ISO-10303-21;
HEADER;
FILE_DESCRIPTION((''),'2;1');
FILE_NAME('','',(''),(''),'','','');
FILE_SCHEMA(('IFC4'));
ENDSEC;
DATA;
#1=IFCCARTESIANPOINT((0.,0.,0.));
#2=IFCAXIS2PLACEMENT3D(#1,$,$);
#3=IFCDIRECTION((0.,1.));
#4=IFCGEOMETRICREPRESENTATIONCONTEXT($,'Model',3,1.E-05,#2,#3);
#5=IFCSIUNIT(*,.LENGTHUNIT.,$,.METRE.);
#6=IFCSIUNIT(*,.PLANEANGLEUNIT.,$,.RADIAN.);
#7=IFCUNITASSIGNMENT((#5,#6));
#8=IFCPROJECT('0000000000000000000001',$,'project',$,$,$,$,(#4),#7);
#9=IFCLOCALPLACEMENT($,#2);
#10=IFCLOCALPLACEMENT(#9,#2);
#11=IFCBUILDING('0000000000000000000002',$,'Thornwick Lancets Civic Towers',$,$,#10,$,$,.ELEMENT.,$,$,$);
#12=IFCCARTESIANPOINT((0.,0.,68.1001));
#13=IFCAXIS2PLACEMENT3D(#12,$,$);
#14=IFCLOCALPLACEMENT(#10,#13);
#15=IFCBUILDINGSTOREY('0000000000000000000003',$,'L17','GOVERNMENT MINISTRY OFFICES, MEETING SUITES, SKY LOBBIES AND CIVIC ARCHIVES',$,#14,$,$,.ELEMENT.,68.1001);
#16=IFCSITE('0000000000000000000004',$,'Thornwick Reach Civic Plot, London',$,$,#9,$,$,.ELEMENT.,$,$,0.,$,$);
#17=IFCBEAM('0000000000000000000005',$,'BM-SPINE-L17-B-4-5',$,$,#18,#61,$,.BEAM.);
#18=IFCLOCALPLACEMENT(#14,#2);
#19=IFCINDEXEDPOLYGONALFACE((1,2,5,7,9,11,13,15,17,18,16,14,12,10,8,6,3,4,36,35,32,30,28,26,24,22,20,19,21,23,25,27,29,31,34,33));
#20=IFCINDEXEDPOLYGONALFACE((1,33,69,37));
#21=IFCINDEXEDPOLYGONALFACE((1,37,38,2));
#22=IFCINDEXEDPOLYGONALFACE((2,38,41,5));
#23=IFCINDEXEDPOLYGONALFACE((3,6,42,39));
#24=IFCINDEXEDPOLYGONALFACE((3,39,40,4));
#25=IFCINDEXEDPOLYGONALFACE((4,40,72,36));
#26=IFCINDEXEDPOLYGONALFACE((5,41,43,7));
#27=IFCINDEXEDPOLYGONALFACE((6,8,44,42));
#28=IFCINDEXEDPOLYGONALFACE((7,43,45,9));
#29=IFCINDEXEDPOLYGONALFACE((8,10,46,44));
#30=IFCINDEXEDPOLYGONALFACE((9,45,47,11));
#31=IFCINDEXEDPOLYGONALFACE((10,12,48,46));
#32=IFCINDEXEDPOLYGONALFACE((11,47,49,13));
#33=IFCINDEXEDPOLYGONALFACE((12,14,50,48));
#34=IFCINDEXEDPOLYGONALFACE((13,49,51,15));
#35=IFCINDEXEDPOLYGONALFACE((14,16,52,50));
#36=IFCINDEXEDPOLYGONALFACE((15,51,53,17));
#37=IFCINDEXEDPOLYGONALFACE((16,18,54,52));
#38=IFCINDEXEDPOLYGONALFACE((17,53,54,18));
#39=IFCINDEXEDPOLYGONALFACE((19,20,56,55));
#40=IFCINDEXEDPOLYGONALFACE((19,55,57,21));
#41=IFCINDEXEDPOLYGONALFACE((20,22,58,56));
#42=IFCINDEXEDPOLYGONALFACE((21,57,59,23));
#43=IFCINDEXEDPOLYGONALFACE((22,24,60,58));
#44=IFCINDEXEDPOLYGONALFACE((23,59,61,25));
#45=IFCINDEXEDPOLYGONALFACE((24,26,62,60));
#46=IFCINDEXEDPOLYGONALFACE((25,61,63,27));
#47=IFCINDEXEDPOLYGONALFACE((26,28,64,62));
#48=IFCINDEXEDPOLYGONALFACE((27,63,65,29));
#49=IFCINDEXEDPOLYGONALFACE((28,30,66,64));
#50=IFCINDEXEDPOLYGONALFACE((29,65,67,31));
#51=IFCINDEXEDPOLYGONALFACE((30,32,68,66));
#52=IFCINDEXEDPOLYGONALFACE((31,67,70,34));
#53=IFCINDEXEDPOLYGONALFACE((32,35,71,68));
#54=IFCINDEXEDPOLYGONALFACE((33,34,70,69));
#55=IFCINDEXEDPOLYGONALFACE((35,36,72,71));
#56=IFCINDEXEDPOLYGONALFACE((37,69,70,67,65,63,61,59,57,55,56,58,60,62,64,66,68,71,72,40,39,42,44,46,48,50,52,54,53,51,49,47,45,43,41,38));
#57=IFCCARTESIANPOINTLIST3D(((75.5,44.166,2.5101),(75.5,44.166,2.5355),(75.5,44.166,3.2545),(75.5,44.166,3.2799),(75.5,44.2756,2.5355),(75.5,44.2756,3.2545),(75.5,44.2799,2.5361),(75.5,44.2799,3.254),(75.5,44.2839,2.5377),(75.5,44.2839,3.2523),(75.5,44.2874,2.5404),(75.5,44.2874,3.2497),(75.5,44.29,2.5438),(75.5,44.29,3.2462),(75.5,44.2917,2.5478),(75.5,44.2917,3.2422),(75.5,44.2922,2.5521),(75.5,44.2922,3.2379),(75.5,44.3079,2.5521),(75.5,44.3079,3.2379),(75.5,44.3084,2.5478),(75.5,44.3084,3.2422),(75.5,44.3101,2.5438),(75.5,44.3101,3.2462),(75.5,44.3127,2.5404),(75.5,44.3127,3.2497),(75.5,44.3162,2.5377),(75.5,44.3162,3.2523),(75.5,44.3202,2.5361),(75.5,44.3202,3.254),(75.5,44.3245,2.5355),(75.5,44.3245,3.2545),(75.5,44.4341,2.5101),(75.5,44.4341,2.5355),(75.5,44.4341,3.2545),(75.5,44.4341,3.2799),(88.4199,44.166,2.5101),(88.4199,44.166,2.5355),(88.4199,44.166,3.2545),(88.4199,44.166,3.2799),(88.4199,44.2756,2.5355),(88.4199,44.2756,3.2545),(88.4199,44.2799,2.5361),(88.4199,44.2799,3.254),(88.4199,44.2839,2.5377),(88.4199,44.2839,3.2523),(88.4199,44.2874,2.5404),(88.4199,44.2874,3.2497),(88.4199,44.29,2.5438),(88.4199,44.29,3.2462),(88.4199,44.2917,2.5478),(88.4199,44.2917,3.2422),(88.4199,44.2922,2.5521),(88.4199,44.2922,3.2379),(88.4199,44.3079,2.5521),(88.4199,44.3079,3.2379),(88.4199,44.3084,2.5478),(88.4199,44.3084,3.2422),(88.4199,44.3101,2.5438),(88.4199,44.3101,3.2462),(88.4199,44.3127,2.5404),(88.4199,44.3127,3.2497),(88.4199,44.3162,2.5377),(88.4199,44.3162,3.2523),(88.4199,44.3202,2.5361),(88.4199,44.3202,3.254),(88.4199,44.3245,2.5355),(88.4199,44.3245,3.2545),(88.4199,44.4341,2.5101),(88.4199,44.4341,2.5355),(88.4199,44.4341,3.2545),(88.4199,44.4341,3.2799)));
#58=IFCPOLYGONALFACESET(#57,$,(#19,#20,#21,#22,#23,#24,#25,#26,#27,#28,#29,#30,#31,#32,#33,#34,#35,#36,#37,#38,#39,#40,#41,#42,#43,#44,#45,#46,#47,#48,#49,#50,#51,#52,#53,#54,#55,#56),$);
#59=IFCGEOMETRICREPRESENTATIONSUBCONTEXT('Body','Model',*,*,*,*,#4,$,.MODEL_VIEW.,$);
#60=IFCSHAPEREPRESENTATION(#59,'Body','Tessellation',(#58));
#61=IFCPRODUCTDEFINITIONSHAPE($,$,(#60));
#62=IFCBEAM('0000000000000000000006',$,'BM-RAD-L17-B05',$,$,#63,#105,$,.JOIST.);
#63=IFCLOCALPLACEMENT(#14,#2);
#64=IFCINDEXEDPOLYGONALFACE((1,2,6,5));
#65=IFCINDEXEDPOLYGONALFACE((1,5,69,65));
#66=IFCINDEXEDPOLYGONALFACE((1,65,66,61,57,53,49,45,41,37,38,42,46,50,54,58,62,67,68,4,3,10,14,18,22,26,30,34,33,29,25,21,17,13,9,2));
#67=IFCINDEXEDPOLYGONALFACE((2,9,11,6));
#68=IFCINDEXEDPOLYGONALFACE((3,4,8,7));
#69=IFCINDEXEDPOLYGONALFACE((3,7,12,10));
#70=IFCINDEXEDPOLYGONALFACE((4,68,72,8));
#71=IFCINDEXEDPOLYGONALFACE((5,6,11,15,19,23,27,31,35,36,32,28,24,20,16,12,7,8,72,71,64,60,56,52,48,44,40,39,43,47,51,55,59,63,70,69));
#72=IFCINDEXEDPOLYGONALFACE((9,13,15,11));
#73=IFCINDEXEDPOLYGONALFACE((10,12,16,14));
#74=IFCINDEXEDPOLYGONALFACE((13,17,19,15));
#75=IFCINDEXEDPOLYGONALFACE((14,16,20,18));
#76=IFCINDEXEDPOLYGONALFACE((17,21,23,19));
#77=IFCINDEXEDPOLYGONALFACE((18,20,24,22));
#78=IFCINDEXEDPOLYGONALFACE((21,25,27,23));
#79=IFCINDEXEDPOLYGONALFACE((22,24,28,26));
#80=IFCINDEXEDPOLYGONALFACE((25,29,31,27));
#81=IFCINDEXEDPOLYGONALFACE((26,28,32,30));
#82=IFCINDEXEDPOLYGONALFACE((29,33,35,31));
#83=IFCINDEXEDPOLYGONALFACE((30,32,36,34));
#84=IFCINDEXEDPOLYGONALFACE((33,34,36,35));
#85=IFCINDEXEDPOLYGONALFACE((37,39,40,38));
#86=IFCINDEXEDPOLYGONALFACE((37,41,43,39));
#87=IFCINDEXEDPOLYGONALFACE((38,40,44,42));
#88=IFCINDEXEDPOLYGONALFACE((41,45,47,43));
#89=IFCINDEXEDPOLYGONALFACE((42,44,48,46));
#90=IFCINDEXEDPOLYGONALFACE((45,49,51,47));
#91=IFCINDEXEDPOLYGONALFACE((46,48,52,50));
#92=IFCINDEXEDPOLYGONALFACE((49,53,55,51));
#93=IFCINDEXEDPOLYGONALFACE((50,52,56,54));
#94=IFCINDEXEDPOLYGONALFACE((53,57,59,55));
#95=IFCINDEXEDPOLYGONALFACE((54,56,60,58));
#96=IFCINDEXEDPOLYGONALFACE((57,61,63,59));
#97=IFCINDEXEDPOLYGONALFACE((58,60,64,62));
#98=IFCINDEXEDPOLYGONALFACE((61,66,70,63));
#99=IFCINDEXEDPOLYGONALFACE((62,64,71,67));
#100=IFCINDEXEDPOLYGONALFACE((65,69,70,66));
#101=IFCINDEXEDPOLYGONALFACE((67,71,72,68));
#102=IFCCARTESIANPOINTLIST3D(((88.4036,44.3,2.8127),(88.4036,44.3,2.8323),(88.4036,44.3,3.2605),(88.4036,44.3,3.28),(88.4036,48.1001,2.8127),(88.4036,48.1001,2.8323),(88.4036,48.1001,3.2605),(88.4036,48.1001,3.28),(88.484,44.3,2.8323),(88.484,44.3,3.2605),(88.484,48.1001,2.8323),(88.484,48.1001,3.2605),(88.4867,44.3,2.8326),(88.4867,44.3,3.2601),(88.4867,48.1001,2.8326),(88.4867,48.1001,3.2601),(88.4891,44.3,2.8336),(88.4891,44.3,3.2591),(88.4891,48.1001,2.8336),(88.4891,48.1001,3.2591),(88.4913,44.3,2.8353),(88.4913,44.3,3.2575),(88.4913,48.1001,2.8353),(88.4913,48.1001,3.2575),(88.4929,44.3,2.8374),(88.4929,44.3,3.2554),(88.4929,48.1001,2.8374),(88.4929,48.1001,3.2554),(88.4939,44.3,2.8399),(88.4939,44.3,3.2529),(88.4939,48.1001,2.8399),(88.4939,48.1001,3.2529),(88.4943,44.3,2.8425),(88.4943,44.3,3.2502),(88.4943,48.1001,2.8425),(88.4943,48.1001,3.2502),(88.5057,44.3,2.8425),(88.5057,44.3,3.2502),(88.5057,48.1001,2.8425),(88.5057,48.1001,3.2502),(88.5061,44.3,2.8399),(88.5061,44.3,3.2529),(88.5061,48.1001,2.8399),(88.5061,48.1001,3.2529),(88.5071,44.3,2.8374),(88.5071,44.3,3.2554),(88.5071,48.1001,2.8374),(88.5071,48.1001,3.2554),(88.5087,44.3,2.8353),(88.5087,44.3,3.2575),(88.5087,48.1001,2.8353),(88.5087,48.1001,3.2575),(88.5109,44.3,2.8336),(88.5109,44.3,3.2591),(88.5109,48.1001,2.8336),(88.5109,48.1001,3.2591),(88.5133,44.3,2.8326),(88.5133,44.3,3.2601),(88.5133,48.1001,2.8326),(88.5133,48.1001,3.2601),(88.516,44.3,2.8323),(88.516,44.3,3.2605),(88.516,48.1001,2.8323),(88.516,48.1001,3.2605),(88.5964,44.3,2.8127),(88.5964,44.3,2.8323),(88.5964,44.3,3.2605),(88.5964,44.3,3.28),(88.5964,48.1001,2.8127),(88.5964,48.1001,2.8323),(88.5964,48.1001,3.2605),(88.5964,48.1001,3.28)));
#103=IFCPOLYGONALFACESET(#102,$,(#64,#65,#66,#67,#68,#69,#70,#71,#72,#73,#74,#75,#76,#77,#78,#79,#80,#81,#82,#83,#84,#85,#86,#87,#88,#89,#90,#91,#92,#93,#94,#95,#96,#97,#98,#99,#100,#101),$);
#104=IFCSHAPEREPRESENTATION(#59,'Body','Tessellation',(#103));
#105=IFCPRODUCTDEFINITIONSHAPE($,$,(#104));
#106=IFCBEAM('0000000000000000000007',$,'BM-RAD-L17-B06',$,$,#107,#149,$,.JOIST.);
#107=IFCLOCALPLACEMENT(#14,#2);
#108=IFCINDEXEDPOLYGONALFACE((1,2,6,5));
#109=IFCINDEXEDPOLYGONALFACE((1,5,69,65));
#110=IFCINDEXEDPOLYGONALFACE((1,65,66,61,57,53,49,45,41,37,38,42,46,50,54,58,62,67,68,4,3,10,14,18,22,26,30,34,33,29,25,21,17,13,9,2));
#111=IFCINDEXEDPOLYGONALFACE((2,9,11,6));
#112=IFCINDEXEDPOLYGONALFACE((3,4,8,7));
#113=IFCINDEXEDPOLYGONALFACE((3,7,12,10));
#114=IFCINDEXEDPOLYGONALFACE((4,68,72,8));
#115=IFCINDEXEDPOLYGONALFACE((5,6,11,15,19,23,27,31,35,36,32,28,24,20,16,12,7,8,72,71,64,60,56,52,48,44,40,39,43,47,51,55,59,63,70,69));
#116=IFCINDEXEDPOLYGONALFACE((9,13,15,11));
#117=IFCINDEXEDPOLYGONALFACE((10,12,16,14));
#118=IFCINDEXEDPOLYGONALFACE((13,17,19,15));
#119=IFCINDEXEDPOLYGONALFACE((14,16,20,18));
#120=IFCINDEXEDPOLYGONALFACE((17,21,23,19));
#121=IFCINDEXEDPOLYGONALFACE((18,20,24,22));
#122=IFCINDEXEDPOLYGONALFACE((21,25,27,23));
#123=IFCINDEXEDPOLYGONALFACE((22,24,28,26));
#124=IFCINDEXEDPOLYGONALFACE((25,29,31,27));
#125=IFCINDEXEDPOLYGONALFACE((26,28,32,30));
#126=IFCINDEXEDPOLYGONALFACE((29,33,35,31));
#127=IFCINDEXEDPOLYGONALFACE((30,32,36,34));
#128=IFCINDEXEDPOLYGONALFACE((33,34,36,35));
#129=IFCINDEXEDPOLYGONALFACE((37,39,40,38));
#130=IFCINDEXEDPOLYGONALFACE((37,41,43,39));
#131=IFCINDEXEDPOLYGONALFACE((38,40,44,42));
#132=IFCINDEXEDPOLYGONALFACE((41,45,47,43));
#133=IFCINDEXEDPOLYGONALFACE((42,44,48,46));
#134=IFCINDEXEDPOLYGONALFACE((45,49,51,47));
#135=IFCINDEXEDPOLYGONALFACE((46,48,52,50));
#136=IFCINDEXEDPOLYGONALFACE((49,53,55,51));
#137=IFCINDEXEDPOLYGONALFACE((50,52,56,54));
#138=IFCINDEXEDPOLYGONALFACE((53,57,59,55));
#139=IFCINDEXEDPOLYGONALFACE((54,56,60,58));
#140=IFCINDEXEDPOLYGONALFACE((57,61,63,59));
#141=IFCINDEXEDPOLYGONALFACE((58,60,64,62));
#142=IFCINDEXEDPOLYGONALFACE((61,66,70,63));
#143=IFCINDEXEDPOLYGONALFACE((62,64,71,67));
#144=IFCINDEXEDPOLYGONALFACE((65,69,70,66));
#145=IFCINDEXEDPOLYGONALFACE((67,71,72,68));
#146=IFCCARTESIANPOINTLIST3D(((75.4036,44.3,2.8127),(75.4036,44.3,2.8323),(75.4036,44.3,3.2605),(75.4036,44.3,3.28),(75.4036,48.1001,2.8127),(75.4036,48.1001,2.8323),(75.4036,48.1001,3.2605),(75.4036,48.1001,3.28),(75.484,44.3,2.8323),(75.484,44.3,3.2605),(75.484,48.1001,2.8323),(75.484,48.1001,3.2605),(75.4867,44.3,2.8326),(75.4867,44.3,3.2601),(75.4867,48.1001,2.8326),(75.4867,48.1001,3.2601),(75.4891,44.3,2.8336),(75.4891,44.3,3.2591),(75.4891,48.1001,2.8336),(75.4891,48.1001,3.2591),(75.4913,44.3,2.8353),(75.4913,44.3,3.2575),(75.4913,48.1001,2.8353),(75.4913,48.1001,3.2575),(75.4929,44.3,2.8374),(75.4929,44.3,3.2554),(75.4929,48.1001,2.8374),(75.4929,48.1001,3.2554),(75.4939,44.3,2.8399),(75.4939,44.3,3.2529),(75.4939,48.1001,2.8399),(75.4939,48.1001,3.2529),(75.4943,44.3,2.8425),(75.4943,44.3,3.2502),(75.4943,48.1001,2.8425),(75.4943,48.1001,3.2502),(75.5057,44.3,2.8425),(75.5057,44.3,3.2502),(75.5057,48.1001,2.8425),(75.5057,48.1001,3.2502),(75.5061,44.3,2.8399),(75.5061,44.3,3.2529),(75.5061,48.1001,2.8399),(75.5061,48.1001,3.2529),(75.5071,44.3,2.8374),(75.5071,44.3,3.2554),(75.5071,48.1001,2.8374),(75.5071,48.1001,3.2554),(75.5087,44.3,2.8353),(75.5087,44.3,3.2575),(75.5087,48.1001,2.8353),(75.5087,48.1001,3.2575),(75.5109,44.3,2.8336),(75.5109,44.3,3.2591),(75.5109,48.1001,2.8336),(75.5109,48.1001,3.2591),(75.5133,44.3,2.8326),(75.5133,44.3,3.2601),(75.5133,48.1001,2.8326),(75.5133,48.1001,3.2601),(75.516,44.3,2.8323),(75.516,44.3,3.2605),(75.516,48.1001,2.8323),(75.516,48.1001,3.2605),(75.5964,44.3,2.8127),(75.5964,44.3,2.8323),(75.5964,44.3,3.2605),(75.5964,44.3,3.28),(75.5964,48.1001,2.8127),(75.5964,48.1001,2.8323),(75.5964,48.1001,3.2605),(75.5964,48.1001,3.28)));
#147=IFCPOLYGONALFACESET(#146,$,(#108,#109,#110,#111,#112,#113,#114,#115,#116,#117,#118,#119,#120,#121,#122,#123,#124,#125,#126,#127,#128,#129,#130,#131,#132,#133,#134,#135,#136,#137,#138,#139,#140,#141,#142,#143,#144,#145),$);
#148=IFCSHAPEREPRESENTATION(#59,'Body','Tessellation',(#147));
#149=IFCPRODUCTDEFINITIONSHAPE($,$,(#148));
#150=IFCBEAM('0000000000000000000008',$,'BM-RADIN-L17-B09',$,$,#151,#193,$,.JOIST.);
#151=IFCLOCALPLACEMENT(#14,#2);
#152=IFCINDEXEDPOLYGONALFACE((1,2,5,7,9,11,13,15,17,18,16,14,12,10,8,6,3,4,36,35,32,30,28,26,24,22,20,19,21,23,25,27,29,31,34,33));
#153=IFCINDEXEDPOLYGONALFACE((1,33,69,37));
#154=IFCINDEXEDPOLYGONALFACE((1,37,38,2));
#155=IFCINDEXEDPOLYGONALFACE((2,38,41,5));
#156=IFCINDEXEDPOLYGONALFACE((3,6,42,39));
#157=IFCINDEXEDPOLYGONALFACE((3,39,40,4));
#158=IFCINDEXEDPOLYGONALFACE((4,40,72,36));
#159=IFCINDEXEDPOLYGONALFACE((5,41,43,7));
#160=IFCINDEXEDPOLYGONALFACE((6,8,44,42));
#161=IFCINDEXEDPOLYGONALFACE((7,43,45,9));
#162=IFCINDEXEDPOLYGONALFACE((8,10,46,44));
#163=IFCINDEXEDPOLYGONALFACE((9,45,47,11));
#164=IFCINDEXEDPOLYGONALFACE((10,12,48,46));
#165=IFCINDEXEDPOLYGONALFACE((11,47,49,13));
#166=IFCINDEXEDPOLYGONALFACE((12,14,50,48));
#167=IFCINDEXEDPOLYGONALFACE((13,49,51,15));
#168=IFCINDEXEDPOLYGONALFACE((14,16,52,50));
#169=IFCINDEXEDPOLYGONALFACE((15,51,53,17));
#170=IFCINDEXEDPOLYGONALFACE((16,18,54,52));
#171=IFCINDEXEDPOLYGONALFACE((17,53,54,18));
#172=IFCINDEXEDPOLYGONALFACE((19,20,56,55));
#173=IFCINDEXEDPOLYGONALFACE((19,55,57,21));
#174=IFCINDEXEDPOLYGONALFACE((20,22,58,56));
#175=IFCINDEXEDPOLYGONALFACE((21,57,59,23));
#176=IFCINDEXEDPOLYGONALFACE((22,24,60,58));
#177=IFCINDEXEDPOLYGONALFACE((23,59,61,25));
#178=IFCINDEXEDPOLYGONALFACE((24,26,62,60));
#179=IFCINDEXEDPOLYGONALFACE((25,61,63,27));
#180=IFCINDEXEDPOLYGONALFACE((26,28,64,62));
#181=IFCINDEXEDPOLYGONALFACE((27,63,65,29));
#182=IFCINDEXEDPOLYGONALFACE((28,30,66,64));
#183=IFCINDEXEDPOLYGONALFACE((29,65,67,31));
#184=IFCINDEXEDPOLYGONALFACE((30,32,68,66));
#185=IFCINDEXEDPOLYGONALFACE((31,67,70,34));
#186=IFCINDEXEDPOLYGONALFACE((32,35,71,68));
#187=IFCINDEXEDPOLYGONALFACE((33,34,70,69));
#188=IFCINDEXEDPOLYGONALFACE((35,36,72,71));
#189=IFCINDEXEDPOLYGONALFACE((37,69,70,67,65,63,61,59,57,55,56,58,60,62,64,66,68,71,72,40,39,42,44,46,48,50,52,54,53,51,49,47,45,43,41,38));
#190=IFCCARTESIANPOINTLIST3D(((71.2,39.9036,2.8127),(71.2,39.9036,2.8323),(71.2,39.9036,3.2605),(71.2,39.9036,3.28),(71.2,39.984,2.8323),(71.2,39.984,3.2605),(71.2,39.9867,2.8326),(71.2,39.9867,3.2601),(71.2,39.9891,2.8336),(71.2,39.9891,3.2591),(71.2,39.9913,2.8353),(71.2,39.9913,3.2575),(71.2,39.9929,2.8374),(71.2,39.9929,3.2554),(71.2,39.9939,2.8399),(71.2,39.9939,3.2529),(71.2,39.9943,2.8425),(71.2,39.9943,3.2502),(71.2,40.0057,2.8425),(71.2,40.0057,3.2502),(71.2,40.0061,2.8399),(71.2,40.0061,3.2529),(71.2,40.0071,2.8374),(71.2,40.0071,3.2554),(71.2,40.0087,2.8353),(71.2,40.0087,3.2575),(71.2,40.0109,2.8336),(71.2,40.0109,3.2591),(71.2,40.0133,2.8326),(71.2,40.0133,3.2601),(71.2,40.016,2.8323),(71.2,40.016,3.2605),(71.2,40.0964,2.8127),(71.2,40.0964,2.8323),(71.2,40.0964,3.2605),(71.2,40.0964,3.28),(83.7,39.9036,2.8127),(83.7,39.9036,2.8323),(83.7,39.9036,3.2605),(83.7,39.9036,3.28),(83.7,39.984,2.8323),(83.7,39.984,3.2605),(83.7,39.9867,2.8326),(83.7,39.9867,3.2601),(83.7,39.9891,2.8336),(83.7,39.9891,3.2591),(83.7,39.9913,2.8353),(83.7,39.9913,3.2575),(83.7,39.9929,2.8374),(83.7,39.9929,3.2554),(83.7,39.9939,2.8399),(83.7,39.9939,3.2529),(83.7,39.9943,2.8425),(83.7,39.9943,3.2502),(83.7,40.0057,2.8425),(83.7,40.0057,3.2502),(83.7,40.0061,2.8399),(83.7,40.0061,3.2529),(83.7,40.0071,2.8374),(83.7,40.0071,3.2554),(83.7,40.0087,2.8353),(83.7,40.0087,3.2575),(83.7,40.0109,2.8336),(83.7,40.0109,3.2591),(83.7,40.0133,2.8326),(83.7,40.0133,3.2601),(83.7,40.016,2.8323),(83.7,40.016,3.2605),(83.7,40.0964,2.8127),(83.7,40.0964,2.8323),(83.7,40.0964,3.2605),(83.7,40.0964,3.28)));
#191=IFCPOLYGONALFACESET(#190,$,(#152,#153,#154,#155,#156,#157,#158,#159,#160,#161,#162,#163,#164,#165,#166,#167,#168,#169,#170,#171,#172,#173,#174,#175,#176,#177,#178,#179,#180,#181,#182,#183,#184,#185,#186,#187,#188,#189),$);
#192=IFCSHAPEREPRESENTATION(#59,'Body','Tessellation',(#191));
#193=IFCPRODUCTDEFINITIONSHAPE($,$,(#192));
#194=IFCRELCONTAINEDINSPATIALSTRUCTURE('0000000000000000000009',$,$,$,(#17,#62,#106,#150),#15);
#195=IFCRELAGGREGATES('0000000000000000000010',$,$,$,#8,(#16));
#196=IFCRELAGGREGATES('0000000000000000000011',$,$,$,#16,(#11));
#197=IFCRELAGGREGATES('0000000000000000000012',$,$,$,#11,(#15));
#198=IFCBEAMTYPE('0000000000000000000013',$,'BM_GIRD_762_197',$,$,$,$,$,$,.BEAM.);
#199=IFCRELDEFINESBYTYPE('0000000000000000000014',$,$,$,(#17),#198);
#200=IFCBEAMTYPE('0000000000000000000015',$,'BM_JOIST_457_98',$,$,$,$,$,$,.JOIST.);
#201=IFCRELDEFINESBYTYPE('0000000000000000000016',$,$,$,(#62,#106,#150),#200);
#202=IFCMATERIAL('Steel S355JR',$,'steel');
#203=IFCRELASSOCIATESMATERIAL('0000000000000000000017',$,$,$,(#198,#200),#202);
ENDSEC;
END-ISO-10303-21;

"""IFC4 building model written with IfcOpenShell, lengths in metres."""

from ifc_helpers import new_model, si_unit, direction, frame, origin, origin_2d, place, context, subcontext, project, spatial, i_section, extrude, material, material_profile, profile_set, type_object, element, save


model = new_model("IFC4")

# Units and contexts
model_context = context("Model", 3, precision=1e-05, world=origin(), true_north=direction((0.0, 1.0)))
body_context = subcontext(model_context, "Body", "Model", "MODEL_VIEW")
ifc_project = project(units=[si_unit("LENGTHUNIT", "METRE"), si_unit("PLANEANGLEUNIT", "RADIAN")], contexts=[model_context])

# Site, building, storey
site_placement = place(None, origin())
site = spatial("IfcSite", under=ifc_project, at=site_placement, Name="Thornwick Reach Civic Plot, London", CompositionType="ELEMENT", RefElevation=0.0)
building_placement = place(site_placement, origin())
building = spatial("IfcBuilding", under=site, at=building_placement, Name="Thornwick Lancets Civic Towers", CompositionType="ELEMENT")
storey_placement = place(building_placement, frame((0.0, 0.0, 68.1001)))
storey = spatial("IfcBuildingStorey", under=building, at=storey_placement, Name="L17", Description="GOVERNMENT MINISTRY OFFICES, MEETING SUITES, SKY LOBBIES AND CIVIC ARCHIVES", CompositionType="ELEMENT", Elevation=68.1001)

# Beams
ifc_material_1 = material(Name="Steel S355JR", Category="steel")
ifc_material_profile_1 = material_profile(ifc_material_1, i_section(OverallWidth=0.2681, OverallDepth=0.7698, WebThickness=0.0156, FlangeThickness=0.0254, FilletRadius=0.0166, at=origin_2d()), Name="UKB 762x267x197")
ifc_profile_set_1 = profile_set([ifc_material_profile_1], Name="Steel S355JR")
beam_type_1 = type_object("IfcBeamType", Name="BM_GIRD_762_197", PredefinedType="BEAM", material=ifc_profile_set_1)
beam_1_placement = place(storey_placement, frame((88.4199, 44.3, 2.895), z_axis=(-1.0, 0.0, 0.0), x_axis=(0.0, -1.0, 0.0)))
element("IfcBeam", 1, at=beam_1_placement, inside=storey, type_object=beam_type_1, Name="BM-SPINE-L17-B-4-5", PredefinedType="BEAM", context=body_context, shape_type="SweptSolid", body=[
    extrude(i_section(OverallWidth=0.2681, OverallDepth=0.7698, WebThickness=0.0156, FlangeThickness=0.0254, FilletRadius=0.0166, at=origin_2d()), origin(), (0.0, 0.0, 1.0), 12.9199),
])
ifc_material_profile_2 = material_profile(ifc_material_1, i_section(OverallWidth=0.1929, OverallDepth=0.4673, WebThickness=0.0115, FlangeThickness=0.0195, FilletRadius=0.0103, at=origin_2d()), Name="UKB 457x191x98")
ifc_profile_set_2 = profile_set([ifc_material_profile_2], Name="Steel S355JR")
beam_type_2 = type_object("IfcBeamType", Name="BM_JOIST_457_98", PredefinedType="JOIST", material=ifc_profile_set_2)
for number, where, z_axis, x_axis, name in (
    (2, (88.5, 44.3, 3.0464), (0.0, 1.0, 0.0), (-1.0, 0.0, 0.0), "BM-RAD-L17-B05"),
    (3, (75.5, 44.3, 3.0464), (0.0, 1.0, 0.0), (-1.0, 0.0, 0.0), "BM-RAD-L17-B06"),
):
    element("IfcBeam", number, at=place(storey_placement, frame(where, z_axis=z_axis, x_axis=x_axis)), inside=storey, type_object=beam_type_2, Name=name, PredefinedType="JOIST", context=body_context, shape_type="SweptSolid", body=[
        extrude(i_section(OverallWidth=0.1929, OverallDepth=0.4673, WebThickness=0.0115, FlangeThickness=0.0195, FilletRadius=0.0103, at=origin_2d()), origin(), (0.0, 0.0, 1.0), 3.8),
    ])
beam_2_placement = place(storey_placement, frame((83.7, 40.0, 3.0464), z_axis=(-1.0, 0.0, 0.0), x_axis=(0.0, -1.0, 0.0)))
element("IfcBeam", 4, at=beam_2_placement, inside=storey, type_object=beam_type_2, Name="BM-RADIN-L17-B09", PredefinedType="JOIST", context=body_context, shape_type="SweptSolid", body=[
    extrude(i_section(OverallWidth=0.1929, OverallDepth=0.4673, WebThickness=0.0115, FlangeThickness=0.0195, FilletRadius=0.0103, at=origin_2d()), origin(), (0.0, 0.0, 1.0), 12.5),
])

save(model, "model.ifc")
